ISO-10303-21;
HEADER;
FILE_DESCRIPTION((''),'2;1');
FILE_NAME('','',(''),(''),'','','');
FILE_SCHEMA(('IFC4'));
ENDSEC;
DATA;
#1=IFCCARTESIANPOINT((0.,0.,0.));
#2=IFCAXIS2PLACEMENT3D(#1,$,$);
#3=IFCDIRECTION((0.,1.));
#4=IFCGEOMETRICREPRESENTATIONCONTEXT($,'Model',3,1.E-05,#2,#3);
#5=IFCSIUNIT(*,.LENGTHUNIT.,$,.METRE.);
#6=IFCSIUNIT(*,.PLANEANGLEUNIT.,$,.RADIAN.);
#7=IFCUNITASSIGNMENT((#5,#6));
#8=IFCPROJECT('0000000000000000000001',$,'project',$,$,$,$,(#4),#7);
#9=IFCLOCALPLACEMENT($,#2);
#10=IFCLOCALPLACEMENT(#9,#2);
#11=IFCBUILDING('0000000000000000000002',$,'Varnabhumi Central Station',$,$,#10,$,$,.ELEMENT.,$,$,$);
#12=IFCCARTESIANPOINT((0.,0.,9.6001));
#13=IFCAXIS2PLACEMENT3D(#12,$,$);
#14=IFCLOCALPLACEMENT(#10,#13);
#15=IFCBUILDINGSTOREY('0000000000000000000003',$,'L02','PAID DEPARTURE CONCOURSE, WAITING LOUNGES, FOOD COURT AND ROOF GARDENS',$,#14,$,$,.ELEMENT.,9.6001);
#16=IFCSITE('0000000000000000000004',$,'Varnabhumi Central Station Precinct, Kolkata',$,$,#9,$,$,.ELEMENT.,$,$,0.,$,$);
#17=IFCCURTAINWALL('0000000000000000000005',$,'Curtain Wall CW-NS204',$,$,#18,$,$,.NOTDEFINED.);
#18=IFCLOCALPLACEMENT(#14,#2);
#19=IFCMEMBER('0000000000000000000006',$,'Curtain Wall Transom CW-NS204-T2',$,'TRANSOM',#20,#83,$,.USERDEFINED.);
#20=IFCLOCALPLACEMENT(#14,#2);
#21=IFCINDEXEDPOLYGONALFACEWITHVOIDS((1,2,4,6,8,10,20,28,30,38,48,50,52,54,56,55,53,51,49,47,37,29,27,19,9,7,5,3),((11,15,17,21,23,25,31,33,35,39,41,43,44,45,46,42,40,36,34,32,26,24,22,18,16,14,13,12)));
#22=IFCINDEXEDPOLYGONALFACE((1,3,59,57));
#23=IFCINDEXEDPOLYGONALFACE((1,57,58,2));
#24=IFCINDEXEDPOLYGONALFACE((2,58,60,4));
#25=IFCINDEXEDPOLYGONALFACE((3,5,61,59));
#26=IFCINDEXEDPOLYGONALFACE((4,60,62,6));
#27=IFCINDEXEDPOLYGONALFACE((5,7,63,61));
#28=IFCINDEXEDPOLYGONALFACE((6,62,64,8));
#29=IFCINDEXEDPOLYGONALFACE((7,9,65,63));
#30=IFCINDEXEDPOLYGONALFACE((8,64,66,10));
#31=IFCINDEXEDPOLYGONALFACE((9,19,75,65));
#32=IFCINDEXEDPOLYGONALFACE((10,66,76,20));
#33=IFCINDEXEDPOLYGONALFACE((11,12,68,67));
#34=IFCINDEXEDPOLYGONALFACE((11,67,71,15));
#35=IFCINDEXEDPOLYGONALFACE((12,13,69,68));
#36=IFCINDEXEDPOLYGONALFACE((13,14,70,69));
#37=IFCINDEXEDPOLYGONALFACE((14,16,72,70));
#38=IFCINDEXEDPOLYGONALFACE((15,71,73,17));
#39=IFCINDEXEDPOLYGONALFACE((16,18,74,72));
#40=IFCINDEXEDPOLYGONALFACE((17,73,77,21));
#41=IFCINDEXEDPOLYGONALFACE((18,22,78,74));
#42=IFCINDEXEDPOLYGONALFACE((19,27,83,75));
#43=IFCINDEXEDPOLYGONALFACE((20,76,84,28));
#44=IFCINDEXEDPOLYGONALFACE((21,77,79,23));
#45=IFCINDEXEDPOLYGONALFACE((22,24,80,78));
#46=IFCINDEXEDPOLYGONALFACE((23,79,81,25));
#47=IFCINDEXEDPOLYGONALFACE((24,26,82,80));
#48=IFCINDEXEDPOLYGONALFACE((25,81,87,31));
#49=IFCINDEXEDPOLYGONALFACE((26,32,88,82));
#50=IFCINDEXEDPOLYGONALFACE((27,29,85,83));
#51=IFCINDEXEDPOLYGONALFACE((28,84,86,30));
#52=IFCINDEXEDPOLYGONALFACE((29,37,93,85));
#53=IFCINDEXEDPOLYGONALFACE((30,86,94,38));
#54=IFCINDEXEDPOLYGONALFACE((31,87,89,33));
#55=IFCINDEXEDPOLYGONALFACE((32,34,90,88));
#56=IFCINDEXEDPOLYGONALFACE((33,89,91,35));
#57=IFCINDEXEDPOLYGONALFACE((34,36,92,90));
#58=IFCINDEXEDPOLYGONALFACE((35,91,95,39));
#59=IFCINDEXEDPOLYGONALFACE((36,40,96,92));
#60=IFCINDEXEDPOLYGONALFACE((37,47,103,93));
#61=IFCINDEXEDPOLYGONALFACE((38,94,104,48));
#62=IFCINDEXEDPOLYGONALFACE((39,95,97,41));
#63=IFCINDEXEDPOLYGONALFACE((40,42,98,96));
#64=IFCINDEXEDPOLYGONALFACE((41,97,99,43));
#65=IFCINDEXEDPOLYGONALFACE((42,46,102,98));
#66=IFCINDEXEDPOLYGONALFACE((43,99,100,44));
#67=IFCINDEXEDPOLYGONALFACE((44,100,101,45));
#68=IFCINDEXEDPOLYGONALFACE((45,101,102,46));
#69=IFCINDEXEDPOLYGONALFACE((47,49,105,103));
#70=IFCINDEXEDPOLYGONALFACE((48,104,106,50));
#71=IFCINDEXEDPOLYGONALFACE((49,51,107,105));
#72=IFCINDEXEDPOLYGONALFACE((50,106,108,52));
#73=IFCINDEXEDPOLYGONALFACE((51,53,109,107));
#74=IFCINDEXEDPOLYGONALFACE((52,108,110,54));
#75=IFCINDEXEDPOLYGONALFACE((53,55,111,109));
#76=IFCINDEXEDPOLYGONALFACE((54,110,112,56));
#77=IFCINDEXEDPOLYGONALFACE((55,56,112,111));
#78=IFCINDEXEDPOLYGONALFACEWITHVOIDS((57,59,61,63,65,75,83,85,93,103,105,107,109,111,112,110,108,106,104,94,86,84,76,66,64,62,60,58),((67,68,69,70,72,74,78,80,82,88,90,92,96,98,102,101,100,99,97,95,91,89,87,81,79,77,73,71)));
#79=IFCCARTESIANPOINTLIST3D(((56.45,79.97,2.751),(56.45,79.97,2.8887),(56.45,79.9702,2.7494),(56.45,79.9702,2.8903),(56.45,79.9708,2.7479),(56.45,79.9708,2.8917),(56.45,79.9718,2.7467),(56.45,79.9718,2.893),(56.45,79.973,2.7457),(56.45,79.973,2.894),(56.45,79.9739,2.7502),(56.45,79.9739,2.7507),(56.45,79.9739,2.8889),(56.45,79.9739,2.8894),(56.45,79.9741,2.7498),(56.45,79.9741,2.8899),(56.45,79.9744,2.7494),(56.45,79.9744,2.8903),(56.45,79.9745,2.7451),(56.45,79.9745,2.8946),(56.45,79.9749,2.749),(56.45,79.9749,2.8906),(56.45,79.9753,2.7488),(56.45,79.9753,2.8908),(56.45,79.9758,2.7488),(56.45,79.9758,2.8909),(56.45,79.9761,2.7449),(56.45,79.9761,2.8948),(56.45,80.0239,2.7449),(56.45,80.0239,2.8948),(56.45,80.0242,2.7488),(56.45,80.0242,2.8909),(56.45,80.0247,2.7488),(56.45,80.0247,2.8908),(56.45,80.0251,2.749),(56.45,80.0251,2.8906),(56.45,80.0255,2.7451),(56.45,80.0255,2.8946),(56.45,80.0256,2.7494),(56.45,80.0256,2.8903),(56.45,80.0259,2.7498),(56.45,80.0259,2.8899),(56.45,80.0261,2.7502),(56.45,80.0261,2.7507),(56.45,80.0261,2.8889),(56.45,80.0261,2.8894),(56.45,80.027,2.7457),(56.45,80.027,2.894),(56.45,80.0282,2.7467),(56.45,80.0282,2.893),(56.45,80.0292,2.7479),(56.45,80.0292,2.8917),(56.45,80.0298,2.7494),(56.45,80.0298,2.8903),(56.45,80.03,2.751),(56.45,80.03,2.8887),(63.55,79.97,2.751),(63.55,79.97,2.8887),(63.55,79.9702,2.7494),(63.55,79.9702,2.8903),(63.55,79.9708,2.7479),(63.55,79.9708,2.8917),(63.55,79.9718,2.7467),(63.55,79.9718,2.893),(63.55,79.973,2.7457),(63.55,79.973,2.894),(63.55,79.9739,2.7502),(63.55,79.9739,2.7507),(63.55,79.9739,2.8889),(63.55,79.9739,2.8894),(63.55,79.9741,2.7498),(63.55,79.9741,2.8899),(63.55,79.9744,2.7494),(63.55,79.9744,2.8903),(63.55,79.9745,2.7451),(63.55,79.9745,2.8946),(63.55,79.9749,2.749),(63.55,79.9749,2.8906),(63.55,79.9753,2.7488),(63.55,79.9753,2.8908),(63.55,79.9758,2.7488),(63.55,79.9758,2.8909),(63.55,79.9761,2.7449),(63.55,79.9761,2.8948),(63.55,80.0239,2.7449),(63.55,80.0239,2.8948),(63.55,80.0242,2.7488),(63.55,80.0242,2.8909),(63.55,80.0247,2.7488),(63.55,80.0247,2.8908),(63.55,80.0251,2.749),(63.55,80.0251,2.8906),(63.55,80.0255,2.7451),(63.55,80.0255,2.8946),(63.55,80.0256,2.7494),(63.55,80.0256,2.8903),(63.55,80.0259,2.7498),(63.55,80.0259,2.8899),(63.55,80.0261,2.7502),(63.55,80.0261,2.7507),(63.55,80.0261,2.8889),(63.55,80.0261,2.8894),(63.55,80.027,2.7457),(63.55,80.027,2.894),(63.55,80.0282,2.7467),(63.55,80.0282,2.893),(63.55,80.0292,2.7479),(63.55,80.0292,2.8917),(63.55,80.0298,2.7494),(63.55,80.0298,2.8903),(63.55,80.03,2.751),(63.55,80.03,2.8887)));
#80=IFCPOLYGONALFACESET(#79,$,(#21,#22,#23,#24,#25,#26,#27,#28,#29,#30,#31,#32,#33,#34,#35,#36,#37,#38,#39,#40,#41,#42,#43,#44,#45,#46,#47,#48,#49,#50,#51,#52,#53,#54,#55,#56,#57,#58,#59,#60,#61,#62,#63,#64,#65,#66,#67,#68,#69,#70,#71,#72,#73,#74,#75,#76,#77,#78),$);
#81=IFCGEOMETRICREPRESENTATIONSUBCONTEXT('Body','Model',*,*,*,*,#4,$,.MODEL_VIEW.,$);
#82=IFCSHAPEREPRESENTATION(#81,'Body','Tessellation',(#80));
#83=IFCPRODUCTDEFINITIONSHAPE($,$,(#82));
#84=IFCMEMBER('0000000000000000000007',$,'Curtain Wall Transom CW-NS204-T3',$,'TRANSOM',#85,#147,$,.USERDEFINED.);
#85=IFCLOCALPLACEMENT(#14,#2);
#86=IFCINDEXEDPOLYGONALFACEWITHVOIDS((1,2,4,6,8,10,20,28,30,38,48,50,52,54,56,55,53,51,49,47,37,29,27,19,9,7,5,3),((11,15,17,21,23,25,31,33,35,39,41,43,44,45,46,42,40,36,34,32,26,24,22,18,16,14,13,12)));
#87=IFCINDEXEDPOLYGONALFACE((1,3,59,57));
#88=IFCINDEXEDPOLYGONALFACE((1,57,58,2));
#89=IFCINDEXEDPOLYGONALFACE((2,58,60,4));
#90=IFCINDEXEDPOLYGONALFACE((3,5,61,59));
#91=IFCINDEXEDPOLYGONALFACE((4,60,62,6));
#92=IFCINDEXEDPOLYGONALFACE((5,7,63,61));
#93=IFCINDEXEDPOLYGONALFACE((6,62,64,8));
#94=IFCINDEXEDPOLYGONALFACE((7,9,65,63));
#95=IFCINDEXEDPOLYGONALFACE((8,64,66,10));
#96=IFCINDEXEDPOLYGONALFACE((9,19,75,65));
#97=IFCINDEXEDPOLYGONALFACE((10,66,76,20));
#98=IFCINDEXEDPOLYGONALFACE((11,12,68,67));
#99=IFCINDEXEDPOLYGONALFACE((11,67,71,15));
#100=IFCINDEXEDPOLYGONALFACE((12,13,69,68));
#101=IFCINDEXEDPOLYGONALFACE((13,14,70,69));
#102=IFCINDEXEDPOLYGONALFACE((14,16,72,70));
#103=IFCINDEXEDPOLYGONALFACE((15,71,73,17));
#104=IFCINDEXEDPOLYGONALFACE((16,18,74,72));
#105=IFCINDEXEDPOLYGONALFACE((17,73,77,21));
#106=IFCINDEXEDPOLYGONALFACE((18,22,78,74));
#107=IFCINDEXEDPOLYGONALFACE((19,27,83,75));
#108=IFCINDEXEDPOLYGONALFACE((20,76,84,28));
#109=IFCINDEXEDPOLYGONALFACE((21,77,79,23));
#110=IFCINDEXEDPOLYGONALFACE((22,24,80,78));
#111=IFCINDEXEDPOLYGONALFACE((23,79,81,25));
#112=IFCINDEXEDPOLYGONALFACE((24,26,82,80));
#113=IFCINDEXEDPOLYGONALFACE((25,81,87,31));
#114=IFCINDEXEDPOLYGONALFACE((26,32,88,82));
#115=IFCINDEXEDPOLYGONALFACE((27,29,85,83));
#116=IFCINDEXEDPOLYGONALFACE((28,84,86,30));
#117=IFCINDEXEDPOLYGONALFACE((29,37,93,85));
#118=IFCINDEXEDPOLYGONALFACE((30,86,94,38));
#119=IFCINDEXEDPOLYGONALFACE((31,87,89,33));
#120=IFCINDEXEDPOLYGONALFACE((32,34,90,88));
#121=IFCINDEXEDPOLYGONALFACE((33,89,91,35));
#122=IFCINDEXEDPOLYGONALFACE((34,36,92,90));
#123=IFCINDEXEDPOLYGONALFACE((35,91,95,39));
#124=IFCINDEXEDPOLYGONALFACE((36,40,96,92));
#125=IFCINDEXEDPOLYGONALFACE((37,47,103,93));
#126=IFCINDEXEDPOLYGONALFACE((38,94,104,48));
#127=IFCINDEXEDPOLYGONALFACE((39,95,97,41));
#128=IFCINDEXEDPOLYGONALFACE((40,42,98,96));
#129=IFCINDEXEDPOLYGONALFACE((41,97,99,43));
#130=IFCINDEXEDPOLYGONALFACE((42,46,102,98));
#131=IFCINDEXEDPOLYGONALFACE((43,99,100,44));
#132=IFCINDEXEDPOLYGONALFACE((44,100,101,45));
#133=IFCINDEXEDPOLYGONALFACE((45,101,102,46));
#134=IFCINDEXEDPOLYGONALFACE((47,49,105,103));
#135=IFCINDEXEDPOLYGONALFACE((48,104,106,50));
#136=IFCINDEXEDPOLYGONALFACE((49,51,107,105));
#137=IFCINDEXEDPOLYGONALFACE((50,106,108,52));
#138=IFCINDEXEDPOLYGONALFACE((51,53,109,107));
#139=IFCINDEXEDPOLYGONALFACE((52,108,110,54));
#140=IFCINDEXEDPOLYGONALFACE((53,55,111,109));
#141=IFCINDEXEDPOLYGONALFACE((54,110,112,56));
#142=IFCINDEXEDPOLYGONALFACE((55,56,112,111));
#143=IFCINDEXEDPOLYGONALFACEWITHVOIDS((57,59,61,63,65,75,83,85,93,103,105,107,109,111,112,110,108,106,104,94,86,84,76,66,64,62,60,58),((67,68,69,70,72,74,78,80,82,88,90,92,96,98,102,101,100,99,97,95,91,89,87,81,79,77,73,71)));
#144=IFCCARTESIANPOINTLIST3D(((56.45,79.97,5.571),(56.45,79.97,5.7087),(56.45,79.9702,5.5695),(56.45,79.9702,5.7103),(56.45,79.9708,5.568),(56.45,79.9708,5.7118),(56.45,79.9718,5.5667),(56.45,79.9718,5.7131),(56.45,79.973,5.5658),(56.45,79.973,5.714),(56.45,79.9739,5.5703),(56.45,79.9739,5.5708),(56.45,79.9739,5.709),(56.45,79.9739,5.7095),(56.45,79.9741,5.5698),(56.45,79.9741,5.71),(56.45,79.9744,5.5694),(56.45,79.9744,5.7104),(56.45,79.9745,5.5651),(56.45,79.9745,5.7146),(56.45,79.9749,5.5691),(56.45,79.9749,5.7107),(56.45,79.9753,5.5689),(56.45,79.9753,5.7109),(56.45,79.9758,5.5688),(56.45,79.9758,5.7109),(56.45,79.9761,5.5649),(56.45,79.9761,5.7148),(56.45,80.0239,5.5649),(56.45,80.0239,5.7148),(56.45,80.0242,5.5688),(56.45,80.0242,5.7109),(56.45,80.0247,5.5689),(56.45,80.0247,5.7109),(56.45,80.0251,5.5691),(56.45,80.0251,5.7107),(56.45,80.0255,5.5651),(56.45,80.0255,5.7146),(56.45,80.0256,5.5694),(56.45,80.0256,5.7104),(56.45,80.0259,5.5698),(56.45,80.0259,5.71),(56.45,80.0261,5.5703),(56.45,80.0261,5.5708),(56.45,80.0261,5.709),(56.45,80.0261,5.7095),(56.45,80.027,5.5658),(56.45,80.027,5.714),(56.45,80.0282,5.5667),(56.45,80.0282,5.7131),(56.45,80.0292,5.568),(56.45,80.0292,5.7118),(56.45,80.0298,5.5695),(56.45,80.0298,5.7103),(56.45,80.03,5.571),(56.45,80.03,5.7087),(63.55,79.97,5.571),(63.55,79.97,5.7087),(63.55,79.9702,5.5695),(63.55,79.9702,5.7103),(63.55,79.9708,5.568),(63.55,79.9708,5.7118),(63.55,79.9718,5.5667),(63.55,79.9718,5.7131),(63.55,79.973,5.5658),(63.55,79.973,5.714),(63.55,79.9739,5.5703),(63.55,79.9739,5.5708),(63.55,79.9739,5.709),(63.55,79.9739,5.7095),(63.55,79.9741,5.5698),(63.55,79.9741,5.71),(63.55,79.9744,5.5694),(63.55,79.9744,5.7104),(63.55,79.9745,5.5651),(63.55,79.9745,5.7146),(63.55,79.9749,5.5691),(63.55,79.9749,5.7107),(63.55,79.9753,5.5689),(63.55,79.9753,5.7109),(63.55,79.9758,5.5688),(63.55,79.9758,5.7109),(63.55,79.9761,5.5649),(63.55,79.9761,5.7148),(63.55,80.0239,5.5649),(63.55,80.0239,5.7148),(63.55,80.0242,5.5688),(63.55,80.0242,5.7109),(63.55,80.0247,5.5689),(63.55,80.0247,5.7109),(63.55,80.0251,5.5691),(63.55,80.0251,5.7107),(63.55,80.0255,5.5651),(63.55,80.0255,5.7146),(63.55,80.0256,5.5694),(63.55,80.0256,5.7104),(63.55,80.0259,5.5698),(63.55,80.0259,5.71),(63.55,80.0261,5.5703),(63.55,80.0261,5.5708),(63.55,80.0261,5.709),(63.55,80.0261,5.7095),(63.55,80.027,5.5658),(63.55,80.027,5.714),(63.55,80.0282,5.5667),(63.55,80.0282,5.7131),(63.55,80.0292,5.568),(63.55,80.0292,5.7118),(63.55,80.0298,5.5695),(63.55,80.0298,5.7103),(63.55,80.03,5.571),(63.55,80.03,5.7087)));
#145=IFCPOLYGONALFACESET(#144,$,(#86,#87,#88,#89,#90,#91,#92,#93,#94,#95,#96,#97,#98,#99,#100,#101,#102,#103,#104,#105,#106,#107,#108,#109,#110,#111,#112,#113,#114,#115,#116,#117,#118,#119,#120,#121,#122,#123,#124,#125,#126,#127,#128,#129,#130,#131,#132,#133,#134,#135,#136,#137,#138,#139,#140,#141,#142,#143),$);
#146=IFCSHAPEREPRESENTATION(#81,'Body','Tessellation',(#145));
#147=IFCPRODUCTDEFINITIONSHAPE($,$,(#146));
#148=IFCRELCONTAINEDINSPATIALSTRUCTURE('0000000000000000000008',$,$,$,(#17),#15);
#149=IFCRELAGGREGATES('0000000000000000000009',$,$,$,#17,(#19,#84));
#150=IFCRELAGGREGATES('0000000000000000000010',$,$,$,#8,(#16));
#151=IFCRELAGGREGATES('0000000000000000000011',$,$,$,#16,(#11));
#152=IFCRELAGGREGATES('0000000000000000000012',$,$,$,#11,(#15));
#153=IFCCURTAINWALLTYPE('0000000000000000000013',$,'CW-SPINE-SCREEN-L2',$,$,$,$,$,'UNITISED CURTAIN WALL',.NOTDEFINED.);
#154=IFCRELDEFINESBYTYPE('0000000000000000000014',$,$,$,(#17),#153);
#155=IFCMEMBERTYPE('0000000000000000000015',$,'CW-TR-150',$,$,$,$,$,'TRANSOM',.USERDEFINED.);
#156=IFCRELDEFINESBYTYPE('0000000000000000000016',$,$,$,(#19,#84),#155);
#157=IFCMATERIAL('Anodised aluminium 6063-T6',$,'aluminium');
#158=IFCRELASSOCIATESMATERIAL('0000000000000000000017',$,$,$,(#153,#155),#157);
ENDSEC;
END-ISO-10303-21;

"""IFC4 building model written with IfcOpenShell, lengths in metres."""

from ifc_helpers import new_model, si_unit, direction, frame, origin, origin_2d, place, context, subcontext, project, spatial, hollow_rectangle, extrude, material, material_profile, profile_set, type_object, element, aggregate, save


model = new_model("IFC4")

# Units and contexts
model_context = context("Model", 3, precision=1e-05, world=origin(), true_north=direction((0.0, 1.0)))
body_context = subcontext(model_context, "Body", "Model", "MODEL_VIEW")
ifc_project = project(units=[si_unit("LENGTHUNIT", "METRE"), si_unit("PLANEANGLEUNIT", "RADIAN")], contexts=[model_context])

# Site, building, storey
site_placement = place(None, origin())
site = spatial("IfcSite", under=ifc_project, at=site_placement, Name="Varnabhumi Central Station Precinct, Kolkata", CompositionType="ELEMENT", RefElevation=0.0)
building_placement = place(site_placement, origin())
building = spatial("IfcBuilding", under=site, at=building_placement, Name="Varnabhumi Central Station", CompositionType="ELEMENT")
storey_placement = place(building_placement, frame((0.0, 0.0, 9.6001)))
storey = spatial("IfcBuildingStorey", under=building, at=storey_placement, Name="L02", Description="PAID DEPARTURE CONCOURSE, WAITING LOUNGES, FOOD COURT AND ROOF GARDENS", CompositionType="ELEMENT", Elevation=9.6001)

# Curtain wall
ifc_material_1 = material(Name="Anodised aluminium 6063-T6", Category="aluminium")
curtain_wall_type_1 = type_object("IfcCurtainWallType", Name="CW-SPINE-SCREEN-L2", ElementType="UNITISED CURTAIN WALL", PredefinedType="NOTDEFINED", material=ifc_material_1)
curtain_wall_1_placement = place(storey_placement, origin())
curtain_wall_1 = element("IfcCurtainWall", 1, at=curtain_wall_1_placement, inside=storey, type_object=curtain_wall_type_1, Name="Curtain Wall CW-NS204", PredefinedType="NOTDEFINED")

# Members
ifc_material_profile_1 = material_profile(ifc_material_1, hollow_rectangle(XDim=0.0601, YDim=0.1499, WallThickness=0.0039, InnerFilletRadius=0.002, OuterFilletRadius=0.0061, at=origin_2d()), Name="Anodised aluminium 6063-T6", Category="aluminium")
ifc_profile_set_1 = profile_set([ifc_material_profile_1], Name="Anodised aluminium 6063-T6")
member_type_1 = type_object("IfcMemberType", Name="CW-TR-150", ElementType="TRANSOM", PredefinedType="USERDEFINED", material=ifc_profile_set_1)
member_1_placement = place(storey_placement, frame((56.45, 80.0, 2.8198), z_axis=(1.0, 0.0, 0.0), x_axis=(0.0, 1.0, 0.0)))
member_1 = element("IfcMember", 2, at=member_1_placement, type_object=member_type_1, Name="Curtain Wall Transom CW-NS204-T2", ObjectType="TRANSOM", PredefinedType="USERDEFINED", context=body_context, shape_type="SweptSolid", body=[
    extrude(hollow_rectangle(XDim=0.0601, YDim=0.1499, WallThickness=0.0039, InnerFilletRadius=0.002, OuterFilletRadius=0.0061, at=origin_2d()), origin(), (0.0, 0.0, 1.0), 7.1001),
])
member_2_placement = place(storey_placement, frame((56.45, 80.0, 5.6399), z_axis=(1.0, 0.0, 0.0), x_axis=(0.0, 1.0, 0.0)))
member_2 = element("IfcMember", 3, at=member_2_placement, type_object=member_type_1, Name="Curtain Wall Transom CW-NS204-T3", ObjectType="TRANSOM", PredefinedType="USERDEFINED", context=body_context, shape_type="SweptSolid", body=[
    extrude(hollow_rectangle(XDim=0.0601, YDim=0.1499, WallThickness=0.0039, InnerFilletRadius=0.002, OuterFilletRadius=0.0061, at=origin_2d()), origin(), (0.0, 0.0, 1.0), 7.1001),
])

aggregate(curtain_wall_1, [member_1, member_2])

save(model, "model.ifc")
